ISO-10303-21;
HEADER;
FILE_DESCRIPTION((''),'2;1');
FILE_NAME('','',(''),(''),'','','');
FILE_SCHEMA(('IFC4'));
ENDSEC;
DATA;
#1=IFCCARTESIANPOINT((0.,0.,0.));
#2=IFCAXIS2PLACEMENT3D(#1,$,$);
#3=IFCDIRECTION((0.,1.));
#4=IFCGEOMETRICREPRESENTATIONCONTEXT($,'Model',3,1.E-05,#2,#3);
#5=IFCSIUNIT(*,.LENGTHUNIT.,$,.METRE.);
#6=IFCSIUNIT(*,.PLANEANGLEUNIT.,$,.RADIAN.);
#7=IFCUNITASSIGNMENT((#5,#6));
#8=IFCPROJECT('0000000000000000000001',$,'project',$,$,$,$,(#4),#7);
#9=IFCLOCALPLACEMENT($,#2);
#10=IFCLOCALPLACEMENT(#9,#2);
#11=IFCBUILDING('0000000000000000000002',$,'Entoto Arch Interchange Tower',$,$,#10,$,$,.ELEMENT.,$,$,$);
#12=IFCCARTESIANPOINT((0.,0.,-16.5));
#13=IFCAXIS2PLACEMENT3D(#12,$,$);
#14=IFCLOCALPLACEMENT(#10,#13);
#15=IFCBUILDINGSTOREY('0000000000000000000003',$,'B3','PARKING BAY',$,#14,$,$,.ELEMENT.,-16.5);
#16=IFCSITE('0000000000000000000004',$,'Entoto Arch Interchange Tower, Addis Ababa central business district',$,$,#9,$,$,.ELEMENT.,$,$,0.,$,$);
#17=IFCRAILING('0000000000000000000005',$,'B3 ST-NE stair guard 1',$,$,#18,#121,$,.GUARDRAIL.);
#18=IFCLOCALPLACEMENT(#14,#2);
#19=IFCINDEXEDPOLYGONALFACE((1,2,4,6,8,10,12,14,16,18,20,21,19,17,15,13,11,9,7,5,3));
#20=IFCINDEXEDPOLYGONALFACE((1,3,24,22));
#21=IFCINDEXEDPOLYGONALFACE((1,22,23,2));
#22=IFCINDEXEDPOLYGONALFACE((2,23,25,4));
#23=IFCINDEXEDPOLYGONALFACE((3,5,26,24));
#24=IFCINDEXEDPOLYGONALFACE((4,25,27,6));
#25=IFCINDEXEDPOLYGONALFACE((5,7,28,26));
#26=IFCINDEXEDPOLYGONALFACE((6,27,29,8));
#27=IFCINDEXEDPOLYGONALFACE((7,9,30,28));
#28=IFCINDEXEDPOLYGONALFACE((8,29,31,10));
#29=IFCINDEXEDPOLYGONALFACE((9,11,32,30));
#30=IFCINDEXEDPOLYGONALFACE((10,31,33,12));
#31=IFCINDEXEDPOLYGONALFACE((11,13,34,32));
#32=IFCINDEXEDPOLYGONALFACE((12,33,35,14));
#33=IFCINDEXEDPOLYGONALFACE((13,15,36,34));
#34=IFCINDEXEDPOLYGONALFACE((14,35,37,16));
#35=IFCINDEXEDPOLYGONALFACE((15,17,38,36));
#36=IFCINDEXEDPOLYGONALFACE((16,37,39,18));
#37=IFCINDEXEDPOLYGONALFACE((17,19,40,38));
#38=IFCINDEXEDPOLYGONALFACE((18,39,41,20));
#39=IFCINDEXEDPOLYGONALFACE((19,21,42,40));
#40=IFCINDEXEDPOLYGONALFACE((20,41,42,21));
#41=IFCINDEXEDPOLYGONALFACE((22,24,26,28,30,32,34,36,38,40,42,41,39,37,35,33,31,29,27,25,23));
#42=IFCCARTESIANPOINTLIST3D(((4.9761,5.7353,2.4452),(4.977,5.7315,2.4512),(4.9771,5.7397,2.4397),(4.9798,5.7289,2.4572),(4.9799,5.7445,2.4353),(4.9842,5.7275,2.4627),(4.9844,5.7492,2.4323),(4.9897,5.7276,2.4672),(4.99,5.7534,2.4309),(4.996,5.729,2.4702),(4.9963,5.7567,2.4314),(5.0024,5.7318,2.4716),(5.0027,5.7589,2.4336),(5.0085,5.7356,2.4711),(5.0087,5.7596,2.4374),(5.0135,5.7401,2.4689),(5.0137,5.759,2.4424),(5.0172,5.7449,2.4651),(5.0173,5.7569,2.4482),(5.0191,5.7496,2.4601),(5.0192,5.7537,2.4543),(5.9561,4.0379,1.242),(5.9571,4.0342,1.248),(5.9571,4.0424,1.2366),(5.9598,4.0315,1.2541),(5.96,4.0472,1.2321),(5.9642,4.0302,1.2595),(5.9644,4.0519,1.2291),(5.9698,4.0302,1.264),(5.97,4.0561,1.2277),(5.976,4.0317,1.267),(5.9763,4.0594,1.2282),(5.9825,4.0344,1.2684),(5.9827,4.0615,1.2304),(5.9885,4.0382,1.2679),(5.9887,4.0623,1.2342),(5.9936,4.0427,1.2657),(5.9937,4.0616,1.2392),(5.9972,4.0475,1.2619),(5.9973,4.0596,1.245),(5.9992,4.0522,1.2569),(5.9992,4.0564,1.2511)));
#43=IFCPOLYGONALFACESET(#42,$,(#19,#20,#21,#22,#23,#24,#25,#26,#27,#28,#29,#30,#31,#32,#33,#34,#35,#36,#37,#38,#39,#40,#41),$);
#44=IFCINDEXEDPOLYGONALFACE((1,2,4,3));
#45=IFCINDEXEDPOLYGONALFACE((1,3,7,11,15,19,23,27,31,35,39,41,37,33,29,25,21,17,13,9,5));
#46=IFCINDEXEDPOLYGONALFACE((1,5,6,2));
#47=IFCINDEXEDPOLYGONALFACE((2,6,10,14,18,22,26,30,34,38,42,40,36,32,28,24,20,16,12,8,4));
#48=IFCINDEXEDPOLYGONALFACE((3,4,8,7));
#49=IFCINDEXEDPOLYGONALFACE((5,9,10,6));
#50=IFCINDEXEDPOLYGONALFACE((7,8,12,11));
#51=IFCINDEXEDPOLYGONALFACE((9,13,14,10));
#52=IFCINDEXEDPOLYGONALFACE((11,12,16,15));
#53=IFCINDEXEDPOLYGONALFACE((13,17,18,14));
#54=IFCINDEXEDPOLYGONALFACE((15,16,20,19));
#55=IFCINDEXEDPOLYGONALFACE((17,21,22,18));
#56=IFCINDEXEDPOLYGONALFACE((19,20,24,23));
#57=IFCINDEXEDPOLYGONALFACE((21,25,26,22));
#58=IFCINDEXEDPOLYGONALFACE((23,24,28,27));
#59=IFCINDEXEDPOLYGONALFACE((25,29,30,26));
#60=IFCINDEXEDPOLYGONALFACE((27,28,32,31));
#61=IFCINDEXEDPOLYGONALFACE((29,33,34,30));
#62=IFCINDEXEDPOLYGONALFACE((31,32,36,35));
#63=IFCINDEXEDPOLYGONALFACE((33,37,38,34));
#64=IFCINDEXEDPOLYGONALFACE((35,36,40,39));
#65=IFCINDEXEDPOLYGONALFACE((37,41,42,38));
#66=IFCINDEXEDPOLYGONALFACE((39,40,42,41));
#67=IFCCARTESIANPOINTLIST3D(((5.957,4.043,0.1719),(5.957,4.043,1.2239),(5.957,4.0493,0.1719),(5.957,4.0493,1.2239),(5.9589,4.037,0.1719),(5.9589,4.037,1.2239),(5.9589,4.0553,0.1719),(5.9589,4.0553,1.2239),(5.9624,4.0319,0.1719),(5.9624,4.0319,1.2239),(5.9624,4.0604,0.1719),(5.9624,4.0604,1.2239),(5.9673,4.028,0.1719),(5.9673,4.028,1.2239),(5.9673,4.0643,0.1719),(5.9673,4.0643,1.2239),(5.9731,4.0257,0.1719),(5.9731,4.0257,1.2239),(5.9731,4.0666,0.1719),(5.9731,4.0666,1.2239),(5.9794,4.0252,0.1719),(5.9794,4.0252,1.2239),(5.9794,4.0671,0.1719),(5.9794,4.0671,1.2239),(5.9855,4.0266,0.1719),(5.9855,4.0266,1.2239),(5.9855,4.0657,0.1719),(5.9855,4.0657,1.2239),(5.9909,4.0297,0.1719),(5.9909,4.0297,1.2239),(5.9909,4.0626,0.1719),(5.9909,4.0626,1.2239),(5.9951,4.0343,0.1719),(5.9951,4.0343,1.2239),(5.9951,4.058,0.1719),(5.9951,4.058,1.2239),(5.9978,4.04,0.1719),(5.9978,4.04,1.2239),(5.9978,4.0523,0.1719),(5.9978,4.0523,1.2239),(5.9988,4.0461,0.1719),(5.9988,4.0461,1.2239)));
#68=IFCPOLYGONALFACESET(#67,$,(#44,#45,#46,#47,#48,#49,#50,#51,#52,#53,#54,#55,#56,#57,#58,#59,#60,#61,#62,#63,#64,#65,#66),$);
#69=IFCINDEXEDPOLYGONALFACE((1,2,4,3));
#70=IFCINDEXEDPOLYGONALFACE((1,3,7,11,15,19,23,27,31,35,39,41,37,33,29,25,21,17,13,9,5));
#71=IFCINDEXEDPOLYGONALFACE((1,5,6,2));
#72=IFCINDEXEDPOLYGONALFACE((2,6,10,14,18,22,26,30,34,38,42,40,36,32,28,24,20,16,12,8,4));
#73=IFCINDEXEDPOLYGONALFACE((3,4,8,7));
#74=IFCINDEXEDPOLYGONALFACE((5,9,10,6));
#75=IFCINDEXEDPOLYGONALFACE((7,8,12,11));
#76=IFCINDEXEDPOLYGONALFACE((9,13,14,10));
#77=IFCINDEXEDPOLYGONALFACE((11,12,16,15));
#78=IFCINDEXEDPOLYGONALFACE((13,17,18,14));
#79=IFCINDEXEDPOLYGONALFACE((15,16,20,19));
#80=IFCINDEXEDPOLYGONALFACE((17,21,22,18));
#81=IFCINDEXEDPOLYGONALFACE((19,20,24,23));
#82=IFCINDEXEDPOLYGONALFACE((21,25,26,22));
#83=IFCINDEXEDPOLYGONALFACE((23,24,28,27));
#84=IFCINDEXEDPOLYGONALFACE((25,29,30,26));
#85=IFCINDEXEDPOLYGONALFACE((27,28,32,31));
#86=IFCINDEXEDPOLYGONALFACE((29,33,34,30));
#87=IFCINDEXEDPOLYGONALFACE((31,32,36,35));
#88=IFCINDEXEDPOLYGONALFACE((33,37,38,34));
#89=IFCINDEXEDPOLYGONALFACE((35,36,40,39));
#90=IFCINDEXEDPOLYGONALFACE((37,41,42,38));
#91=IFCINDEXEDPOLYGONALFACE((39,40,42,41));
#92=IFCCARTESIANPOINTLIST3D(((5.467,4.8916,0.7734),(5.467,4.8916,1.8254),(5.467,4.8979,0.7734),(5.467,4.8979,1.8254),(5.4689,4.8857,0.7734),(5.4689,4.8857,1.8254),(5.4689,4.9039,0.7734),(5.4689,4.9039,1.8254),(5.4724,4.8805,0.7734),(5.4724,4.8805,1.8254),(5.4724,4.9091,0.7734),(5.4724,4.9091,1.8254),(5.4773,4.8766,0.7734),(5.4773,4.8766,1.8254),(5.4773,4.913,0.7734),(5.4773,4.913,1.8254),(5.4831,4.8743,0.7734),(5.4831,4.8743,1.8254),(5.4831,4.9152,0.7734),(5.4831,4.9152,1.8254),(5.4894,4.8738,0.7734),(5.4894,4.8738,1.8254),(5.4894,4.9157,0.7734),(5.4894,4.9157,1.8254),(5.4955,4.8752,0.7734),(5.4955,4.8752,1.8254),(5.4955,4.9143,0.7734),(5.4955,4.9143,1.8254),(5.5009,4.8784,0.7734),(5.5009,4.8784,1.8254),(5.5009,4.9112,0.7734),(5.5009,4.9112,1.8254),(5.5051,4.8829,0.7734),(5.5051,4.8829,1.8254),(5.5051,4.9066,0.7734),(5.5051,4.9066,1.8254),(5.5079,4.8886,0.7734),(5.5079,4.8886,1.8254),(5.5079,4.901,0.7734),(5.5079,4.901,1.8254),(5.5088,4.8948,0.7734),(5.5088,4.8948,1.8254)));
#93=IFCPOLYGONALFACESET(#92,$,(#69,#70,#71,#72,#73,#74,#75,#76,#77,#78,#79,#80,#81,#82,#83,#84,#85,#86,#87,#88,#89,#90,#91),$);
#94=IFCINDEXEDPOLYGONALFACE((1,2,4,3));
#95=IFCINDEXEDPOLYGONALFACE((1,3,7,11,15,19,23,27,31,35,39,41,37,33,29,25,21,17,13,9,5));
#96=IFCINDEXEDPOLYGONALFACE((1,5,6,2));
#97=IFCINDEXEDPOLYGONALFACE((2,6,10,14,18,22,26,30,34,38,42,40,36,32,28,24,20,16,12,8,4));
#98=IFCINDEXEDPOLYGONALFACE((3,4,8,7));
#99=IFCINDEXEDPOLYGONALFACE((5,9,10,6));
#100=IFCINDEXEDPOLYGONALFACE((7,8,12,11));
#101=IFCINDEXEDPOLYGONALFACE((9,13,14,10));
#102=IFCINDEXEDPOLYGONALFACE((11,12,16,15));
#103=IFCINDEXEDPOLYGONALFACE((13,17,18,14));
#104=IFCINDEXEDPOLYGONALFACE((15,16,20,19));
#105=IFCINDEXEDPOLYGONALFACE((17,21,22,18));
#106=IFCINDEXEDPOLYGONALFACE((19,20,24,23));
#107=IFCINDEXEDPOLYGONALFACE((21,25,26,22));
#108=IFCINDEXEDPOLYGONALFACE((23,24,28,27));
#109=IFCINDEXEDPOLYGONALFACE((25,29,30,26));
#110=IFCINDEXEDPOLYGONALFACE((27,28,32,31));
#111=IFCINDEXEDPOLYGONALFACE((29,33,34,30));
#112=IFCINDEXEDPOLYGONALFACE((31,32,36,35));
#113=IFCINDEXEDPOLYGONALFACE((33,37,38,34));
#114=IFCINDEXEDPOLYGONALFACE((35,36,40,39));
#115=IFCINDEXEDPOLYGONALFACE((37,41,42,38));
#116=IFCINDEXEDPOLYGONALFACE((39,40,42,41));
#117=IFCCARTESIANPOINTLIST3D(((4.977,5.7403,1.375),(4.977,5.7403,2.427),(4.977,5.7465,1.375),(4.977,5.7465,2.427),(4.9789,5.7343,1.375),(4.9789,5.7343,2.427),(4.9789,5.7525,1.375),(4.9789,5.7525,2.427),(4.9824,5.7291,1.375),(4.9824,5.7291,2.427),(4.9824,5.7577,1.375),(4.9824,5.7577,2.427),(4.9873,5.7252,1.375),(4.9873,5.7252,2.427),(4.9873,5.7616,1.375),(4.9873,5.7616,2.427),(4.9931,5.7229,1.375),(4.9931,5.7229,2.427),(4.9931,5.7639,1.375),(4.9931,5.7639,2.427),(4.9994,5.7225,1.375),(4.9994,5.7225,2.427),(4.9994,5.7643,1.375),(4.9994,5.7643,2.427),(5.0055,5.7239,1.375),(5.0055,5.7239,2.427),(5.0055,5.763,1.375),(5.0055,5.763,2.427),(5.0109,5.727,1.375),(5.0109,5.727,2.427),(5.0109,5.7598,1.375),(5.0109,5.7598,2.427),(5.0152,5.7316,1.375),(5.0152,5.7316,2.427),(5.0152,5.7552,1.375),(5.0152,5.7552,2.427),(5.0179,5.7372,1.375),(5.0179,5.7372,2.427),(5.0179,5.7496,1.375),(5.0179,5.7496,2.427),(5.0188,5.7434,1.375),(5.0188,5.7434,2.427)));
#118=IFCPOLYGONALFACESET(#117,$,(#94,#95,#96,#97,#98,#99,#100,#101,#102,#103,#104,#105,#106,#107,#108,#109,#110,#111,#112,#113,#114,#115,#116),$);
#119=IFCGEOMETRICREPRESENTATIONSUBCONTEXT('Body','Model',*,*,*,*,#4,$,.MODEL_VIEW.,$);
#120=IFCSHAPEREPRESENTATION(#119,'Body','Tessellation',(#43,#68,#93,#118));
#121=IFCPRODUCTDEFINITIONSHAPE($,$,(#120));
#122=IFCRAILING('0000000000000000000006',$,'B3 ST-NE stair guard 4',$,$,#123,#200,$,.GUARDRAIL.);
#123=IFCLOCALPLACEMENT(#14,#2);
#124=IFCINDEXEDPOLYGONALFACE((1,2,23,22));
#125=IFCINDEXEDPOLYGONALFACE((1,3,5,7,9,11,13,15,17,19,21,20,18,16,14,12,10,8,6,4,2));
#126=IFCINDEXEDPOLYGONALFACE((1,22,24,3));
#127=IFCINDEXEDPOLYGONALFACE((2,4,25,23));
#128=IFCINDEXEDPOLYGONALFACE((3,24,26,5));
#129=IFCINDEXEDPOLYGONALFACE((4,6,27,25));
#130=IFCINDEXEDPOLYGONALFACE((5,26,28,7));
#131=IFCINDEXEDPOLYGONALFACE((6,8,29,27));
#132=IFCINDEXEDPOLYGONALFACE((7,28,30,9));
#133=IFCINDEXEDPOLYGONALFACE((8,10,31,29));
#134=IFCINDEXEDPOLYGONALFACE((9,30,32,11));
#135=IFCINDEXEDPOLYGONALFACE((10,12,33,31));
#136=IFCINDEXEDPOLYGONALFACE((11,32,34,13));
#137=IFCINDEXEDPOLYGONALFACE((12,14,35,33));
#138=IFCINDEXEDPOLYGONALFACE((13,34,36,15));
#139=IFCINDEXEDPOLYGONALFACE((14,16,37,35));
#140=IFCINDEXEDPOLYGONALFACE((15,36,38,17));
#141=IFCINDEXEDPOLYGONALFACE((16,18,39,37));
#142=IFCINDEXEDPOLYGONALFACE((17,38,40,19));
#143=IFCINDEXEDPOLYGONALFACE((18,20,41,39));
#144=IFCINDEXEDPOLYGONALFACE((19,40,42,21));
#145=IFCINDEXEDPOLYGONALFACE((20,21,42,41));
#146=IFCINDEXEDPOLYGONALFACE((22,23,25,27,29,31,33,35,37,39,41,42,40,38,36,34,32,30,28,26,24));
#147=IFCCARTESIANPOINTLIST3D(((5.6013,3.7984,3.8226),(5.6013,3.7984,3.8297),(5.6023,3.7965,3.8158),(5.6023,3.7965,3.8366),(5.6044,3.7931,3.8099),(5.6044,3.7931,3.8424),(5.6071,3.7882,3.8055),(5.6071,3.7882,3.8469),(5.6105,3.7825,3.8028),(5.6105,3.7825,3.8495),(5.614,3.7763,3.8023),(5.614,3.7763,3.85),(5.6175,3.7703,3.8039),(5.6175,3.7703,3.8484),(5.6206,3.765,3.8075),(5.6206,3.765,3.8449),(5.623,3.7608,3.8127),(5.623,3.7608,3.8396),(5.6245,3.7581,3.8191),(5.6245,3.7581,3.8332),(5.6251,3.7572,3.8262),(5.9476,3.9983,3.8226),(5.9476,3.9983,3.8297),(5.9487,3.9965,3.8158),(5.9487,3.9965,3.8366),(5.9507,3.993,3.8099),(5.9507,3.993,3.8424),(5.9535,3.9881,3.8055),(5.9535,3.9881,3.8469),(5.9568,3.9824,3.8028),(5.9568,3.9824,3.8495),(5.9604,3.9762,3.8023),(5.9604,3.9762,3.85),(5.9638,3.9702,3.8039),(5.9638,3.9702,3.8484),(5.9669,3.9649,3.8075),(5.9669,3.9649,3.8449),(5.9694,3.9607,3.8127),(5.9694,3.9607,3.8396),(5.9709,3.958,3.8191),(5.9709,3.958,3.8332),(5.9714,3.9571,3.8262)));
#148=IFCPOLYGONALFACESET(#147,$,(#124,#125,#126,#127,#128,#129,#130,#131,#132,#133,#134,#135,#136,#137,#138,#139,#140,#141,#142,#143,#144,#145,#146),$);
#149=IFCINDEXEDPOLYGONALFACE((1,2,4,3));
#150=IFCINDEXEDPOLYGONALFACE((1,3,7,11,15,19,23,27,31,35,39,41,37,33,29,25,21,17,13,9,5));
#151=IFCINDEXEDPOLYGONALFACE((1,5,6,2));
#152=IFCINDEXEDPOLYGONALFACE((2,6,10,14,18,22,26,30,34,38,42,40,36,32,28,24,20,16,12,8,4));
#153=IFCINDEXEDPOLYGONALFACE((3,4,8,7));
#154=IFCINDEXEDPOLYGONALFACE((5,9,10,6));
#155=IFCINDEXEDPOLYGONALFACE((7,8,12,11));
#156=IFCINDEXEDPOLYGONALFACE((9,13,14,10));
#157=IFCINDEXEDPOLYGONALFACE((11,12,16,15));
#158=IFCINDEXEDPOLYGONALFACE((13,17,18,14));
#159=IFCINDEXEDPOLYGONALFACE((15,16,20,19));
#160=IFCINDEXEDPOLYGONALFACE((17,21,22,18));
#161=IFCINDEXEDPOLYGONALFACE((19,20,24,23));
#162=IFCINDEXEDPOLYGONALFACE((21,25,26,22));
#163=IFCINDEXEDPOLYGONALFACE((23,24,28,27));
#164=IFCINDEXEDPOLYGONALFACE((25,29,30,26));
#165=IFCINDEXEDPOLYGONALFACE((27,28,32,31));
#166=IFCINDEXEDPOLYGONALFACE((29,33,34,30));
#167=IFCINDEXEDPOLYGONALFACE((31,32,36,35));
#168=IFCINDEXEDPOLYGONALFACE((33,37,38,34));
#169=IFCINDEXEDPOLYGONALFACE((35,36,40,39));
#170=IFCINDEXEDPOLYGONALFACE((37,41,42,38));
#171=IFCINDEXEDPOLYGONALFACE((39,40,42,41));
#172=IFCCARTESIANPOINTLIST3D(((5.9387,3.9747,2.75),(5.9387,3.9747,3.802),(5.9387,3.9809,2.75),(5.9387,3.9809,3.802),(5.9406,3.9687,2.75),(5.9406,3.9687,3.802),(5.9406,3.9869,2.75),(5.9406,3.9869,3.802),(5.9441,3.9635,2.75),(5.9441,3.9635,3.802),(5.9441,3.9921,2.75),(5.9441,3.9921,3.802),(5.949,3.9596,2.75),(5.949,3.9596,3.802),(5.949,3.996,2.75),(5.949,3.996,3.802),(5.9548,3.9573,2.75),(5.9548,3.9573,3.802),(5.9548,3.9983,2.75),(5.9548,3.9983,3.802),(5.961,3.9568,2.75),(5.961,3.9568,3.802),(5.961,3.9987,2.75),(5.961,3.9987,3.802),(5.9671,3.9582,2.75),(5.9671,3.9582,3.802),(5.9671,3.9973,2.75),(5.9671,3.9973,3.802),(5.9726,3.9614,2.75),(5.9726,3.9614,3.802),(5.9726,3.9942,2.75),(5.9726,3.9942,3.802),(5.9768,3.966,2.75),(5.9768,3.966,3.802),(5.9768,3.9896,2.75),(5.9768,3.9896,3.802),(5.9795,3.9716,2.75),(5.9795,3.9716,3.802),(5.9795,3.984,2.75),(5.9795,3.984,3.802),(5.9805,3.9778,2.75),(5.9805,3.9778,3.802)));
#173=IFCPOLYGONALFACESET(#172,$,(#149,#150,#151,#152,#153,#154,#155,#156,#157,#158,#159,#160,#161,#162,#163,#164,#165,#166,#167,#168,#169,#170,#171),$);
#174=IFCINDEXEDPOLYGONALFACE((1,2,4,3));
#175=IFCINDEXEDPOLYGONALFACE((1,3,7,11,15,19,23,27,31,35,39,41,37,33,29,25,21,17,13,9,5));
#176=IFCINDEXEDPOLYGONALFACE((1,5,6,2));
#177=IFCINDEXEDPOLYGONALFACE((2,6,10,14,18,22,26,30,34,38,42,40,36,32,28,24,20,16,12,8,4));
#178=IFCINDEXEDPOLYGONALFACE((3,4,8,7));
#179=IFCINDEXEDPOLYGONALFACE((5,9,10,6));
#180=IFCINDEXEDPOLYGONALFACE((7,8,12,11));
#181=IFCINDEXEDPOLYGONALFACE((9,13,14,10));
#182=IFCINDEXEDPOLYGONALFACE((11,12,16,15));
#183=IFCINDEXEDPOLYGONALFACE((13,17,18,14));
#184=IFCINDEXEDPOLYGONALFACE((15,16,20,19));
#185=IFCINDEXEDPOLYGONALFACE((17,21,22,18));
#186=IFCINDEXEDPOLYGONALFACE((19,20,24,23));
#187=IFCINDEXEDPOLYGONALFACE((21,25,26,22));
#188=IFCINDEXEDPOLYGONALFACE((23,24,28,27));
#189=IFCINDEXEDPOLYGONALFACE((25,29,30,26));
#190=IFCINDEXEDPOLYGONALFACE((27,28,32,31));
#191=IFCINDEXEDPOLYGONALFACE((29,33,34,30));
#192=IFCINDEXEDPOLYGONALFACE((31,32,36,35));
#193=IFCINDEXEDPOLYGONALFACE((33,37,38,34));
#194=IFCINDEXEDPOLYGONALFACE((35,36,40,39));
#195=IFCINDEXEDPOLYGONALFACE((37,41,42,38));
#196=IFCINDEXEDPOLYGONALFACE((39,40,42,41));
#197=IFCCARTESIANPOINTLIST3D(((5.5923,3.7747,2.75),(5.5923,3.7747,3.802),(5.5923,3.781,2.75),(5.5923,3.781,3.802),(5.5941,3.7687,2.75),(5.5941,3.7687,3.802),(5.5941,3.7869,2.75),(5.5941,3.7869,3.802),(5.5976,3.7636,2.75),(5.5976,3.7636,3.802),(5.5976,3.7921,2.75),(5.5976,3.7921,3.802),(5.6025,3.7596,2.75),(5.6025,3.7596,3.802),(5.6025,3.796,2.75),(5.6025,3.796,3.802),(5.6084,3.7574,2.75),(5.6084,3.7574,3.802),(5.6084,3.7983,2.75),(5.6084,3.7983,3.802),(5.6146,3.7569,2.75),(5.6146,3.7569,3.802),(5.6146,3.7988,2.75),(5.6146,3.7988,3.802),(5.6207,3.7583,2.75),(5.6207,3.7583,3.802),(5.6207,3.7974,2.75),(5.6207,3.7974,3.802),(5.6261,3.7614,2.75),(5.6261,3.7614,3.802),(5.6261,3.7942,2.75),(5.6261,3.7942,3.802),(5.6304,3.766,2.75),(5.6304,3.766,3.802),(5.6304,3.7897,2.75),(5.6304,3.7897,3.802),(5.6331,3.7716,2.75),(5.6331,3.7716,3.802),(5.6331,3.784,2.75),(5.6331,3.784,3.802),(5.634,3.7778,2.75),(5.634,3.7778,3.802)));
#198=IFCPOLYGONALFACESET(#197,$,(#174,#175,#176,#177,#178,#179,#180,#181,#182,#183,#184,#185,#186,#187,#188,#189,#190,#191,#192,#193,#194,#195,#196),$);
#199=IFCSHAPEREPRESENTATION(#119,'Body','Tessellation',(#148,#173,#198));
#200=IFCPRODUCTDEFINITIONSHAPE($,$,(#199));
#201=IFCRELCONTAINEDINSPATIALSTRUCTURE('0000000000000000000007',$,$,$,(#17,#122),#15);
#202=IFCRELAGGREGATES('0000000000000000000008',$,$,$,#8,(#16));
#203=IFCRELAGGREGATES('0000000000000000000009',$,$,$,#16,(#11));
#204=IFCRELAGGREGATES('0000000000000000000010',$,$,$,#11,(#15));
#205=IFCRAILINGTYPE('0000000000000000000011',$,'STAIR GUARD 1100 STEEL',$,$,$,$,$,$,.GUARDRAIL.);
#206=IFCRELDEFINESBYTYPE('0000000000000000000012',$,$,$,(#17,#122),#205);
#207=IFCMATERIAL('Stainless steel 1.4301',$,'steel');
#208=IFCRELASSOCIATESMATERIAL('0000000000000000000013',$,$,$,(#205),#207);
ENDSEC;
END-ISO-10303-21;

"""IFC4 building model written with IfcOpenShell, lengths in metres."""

from ifc_helpers import new_model, si_unit, direction, frame, origin, origin_2d, place, context, subcontext, project, spatial, circle, extrude, material, type_object, element, save


model = new_model("IFC4")

# Units and contexts
model_context = context("Model", 3, precision=1e-05, world=origin(), true_north=direction((0.0, 1.0)))
body_context = subcontext(model_context, "Body", "Model", "MODEL_VIEW")
ifc_project = project(units=[si_unit("LENGTHUNIT", "METRE"), si_unit("PLANEANGLEUNIT", "RADIAN")], contexts=[model_context])

# Site, building, storey
site_placement = place(None, origin())
site = spatial("IfcSite", under=ifc_project, at=site_placement, Name="Entoto Arch Interchange Tower, Addis Ababa central business district", CompositionType="ELEMENT", RefElevation=0.0)
building_placement = place(site_placement, origin())
building = spatial("IfcBuilding", under=site, at=building_placement, Name="Entoto Arch Interchange Tower", CompositionType="ELEMENT")
storey_placement = place(building_placement, frame((0.0, 0.0, -16.5)))
storey = spatial("IfcBuildingStorey", under=building, at=storey_placement, Name="B3", Description="PARKING BAY", CompositionType="ELEMENT", Elevation=-16.5)

# Railings
ifc_material_1 = material(Name="Stainless steel 1.4301", Category="steel")
railing_type_1 = type_object("IfcRailingType", Name="STAIR GUARD 1100 STEEL", PredefinedType="GUARDRAIL", material=ifc_material_1)
railing_1_placement = place(storey_placement, frame((5.9778, 4.0461, 0.1719)))
element("IfcRailing", 1, at=railing_1_placement, inside=storey, type_object=railing_type_1, Name="B3 ST-NE stair guard 1", PredefinedType="GUARDRAIL", context=body_context, shape_type="SweptSolid", body=[
    extrude(circle(Radius=0.0239, at=origin_2d()), frame((0.0, 0.0, 1.0762), z_axis=(-0.426136, 0.73804, 0.523168), x_axis=(-0.866011, -0.500024, 0.0)), (0.0, 0.0, 1.0), 2.2998),
    extrude(circle(Radius=0.021, at=origin_2d()), origin(), (0.0, 0.0, 1.0), 1.052),
    extrude(circle(Radius=0.021, at=origin_2d()), frame((-0.49, 0.8486, 0.6016)), (0.0, 0.0, 1.0), 1.052),
    extrude(circle(Radius=0.021, at=origin_2d()), frame((-0.98, 1.6973, 1.2031)), (0.0, 0.0, 1.0), 1.052),
])
railing_2_placement = place(storey_placement, frame((5.9595, 3.9778, 2.75)))
element("IfcRailing", 2, at=railing_2_placement, inside=storey, type_object=railing_type_1, Name="B3 ST-NE stair guard 4", PredefinedType="GUARDRAIL", context=body_context, shape_type="SweptSolid", body=[
    extrude(circle(Radius=0.0239, at=origin_2d()), frame((0.0, 0.0, 1.0762), z_axis=(-0.866094, -0.499881, 0.0), x_axis=(0.499881, -0.866094, 0.0)), (0.0, 0.0, 1.0), 0.3999),
    extrude(circle(Radius=0.021, at=origin_2d()), origin(), (0.0, 0.0, 1.0), 1.052),
    extrude(circle(Radius=0.021, at=origin_2d()), frame((-0.3464, -0.2, 0.0)), (0.0, 0.0, 1.0), 1.052),
])

save(model, "model.ifc")
